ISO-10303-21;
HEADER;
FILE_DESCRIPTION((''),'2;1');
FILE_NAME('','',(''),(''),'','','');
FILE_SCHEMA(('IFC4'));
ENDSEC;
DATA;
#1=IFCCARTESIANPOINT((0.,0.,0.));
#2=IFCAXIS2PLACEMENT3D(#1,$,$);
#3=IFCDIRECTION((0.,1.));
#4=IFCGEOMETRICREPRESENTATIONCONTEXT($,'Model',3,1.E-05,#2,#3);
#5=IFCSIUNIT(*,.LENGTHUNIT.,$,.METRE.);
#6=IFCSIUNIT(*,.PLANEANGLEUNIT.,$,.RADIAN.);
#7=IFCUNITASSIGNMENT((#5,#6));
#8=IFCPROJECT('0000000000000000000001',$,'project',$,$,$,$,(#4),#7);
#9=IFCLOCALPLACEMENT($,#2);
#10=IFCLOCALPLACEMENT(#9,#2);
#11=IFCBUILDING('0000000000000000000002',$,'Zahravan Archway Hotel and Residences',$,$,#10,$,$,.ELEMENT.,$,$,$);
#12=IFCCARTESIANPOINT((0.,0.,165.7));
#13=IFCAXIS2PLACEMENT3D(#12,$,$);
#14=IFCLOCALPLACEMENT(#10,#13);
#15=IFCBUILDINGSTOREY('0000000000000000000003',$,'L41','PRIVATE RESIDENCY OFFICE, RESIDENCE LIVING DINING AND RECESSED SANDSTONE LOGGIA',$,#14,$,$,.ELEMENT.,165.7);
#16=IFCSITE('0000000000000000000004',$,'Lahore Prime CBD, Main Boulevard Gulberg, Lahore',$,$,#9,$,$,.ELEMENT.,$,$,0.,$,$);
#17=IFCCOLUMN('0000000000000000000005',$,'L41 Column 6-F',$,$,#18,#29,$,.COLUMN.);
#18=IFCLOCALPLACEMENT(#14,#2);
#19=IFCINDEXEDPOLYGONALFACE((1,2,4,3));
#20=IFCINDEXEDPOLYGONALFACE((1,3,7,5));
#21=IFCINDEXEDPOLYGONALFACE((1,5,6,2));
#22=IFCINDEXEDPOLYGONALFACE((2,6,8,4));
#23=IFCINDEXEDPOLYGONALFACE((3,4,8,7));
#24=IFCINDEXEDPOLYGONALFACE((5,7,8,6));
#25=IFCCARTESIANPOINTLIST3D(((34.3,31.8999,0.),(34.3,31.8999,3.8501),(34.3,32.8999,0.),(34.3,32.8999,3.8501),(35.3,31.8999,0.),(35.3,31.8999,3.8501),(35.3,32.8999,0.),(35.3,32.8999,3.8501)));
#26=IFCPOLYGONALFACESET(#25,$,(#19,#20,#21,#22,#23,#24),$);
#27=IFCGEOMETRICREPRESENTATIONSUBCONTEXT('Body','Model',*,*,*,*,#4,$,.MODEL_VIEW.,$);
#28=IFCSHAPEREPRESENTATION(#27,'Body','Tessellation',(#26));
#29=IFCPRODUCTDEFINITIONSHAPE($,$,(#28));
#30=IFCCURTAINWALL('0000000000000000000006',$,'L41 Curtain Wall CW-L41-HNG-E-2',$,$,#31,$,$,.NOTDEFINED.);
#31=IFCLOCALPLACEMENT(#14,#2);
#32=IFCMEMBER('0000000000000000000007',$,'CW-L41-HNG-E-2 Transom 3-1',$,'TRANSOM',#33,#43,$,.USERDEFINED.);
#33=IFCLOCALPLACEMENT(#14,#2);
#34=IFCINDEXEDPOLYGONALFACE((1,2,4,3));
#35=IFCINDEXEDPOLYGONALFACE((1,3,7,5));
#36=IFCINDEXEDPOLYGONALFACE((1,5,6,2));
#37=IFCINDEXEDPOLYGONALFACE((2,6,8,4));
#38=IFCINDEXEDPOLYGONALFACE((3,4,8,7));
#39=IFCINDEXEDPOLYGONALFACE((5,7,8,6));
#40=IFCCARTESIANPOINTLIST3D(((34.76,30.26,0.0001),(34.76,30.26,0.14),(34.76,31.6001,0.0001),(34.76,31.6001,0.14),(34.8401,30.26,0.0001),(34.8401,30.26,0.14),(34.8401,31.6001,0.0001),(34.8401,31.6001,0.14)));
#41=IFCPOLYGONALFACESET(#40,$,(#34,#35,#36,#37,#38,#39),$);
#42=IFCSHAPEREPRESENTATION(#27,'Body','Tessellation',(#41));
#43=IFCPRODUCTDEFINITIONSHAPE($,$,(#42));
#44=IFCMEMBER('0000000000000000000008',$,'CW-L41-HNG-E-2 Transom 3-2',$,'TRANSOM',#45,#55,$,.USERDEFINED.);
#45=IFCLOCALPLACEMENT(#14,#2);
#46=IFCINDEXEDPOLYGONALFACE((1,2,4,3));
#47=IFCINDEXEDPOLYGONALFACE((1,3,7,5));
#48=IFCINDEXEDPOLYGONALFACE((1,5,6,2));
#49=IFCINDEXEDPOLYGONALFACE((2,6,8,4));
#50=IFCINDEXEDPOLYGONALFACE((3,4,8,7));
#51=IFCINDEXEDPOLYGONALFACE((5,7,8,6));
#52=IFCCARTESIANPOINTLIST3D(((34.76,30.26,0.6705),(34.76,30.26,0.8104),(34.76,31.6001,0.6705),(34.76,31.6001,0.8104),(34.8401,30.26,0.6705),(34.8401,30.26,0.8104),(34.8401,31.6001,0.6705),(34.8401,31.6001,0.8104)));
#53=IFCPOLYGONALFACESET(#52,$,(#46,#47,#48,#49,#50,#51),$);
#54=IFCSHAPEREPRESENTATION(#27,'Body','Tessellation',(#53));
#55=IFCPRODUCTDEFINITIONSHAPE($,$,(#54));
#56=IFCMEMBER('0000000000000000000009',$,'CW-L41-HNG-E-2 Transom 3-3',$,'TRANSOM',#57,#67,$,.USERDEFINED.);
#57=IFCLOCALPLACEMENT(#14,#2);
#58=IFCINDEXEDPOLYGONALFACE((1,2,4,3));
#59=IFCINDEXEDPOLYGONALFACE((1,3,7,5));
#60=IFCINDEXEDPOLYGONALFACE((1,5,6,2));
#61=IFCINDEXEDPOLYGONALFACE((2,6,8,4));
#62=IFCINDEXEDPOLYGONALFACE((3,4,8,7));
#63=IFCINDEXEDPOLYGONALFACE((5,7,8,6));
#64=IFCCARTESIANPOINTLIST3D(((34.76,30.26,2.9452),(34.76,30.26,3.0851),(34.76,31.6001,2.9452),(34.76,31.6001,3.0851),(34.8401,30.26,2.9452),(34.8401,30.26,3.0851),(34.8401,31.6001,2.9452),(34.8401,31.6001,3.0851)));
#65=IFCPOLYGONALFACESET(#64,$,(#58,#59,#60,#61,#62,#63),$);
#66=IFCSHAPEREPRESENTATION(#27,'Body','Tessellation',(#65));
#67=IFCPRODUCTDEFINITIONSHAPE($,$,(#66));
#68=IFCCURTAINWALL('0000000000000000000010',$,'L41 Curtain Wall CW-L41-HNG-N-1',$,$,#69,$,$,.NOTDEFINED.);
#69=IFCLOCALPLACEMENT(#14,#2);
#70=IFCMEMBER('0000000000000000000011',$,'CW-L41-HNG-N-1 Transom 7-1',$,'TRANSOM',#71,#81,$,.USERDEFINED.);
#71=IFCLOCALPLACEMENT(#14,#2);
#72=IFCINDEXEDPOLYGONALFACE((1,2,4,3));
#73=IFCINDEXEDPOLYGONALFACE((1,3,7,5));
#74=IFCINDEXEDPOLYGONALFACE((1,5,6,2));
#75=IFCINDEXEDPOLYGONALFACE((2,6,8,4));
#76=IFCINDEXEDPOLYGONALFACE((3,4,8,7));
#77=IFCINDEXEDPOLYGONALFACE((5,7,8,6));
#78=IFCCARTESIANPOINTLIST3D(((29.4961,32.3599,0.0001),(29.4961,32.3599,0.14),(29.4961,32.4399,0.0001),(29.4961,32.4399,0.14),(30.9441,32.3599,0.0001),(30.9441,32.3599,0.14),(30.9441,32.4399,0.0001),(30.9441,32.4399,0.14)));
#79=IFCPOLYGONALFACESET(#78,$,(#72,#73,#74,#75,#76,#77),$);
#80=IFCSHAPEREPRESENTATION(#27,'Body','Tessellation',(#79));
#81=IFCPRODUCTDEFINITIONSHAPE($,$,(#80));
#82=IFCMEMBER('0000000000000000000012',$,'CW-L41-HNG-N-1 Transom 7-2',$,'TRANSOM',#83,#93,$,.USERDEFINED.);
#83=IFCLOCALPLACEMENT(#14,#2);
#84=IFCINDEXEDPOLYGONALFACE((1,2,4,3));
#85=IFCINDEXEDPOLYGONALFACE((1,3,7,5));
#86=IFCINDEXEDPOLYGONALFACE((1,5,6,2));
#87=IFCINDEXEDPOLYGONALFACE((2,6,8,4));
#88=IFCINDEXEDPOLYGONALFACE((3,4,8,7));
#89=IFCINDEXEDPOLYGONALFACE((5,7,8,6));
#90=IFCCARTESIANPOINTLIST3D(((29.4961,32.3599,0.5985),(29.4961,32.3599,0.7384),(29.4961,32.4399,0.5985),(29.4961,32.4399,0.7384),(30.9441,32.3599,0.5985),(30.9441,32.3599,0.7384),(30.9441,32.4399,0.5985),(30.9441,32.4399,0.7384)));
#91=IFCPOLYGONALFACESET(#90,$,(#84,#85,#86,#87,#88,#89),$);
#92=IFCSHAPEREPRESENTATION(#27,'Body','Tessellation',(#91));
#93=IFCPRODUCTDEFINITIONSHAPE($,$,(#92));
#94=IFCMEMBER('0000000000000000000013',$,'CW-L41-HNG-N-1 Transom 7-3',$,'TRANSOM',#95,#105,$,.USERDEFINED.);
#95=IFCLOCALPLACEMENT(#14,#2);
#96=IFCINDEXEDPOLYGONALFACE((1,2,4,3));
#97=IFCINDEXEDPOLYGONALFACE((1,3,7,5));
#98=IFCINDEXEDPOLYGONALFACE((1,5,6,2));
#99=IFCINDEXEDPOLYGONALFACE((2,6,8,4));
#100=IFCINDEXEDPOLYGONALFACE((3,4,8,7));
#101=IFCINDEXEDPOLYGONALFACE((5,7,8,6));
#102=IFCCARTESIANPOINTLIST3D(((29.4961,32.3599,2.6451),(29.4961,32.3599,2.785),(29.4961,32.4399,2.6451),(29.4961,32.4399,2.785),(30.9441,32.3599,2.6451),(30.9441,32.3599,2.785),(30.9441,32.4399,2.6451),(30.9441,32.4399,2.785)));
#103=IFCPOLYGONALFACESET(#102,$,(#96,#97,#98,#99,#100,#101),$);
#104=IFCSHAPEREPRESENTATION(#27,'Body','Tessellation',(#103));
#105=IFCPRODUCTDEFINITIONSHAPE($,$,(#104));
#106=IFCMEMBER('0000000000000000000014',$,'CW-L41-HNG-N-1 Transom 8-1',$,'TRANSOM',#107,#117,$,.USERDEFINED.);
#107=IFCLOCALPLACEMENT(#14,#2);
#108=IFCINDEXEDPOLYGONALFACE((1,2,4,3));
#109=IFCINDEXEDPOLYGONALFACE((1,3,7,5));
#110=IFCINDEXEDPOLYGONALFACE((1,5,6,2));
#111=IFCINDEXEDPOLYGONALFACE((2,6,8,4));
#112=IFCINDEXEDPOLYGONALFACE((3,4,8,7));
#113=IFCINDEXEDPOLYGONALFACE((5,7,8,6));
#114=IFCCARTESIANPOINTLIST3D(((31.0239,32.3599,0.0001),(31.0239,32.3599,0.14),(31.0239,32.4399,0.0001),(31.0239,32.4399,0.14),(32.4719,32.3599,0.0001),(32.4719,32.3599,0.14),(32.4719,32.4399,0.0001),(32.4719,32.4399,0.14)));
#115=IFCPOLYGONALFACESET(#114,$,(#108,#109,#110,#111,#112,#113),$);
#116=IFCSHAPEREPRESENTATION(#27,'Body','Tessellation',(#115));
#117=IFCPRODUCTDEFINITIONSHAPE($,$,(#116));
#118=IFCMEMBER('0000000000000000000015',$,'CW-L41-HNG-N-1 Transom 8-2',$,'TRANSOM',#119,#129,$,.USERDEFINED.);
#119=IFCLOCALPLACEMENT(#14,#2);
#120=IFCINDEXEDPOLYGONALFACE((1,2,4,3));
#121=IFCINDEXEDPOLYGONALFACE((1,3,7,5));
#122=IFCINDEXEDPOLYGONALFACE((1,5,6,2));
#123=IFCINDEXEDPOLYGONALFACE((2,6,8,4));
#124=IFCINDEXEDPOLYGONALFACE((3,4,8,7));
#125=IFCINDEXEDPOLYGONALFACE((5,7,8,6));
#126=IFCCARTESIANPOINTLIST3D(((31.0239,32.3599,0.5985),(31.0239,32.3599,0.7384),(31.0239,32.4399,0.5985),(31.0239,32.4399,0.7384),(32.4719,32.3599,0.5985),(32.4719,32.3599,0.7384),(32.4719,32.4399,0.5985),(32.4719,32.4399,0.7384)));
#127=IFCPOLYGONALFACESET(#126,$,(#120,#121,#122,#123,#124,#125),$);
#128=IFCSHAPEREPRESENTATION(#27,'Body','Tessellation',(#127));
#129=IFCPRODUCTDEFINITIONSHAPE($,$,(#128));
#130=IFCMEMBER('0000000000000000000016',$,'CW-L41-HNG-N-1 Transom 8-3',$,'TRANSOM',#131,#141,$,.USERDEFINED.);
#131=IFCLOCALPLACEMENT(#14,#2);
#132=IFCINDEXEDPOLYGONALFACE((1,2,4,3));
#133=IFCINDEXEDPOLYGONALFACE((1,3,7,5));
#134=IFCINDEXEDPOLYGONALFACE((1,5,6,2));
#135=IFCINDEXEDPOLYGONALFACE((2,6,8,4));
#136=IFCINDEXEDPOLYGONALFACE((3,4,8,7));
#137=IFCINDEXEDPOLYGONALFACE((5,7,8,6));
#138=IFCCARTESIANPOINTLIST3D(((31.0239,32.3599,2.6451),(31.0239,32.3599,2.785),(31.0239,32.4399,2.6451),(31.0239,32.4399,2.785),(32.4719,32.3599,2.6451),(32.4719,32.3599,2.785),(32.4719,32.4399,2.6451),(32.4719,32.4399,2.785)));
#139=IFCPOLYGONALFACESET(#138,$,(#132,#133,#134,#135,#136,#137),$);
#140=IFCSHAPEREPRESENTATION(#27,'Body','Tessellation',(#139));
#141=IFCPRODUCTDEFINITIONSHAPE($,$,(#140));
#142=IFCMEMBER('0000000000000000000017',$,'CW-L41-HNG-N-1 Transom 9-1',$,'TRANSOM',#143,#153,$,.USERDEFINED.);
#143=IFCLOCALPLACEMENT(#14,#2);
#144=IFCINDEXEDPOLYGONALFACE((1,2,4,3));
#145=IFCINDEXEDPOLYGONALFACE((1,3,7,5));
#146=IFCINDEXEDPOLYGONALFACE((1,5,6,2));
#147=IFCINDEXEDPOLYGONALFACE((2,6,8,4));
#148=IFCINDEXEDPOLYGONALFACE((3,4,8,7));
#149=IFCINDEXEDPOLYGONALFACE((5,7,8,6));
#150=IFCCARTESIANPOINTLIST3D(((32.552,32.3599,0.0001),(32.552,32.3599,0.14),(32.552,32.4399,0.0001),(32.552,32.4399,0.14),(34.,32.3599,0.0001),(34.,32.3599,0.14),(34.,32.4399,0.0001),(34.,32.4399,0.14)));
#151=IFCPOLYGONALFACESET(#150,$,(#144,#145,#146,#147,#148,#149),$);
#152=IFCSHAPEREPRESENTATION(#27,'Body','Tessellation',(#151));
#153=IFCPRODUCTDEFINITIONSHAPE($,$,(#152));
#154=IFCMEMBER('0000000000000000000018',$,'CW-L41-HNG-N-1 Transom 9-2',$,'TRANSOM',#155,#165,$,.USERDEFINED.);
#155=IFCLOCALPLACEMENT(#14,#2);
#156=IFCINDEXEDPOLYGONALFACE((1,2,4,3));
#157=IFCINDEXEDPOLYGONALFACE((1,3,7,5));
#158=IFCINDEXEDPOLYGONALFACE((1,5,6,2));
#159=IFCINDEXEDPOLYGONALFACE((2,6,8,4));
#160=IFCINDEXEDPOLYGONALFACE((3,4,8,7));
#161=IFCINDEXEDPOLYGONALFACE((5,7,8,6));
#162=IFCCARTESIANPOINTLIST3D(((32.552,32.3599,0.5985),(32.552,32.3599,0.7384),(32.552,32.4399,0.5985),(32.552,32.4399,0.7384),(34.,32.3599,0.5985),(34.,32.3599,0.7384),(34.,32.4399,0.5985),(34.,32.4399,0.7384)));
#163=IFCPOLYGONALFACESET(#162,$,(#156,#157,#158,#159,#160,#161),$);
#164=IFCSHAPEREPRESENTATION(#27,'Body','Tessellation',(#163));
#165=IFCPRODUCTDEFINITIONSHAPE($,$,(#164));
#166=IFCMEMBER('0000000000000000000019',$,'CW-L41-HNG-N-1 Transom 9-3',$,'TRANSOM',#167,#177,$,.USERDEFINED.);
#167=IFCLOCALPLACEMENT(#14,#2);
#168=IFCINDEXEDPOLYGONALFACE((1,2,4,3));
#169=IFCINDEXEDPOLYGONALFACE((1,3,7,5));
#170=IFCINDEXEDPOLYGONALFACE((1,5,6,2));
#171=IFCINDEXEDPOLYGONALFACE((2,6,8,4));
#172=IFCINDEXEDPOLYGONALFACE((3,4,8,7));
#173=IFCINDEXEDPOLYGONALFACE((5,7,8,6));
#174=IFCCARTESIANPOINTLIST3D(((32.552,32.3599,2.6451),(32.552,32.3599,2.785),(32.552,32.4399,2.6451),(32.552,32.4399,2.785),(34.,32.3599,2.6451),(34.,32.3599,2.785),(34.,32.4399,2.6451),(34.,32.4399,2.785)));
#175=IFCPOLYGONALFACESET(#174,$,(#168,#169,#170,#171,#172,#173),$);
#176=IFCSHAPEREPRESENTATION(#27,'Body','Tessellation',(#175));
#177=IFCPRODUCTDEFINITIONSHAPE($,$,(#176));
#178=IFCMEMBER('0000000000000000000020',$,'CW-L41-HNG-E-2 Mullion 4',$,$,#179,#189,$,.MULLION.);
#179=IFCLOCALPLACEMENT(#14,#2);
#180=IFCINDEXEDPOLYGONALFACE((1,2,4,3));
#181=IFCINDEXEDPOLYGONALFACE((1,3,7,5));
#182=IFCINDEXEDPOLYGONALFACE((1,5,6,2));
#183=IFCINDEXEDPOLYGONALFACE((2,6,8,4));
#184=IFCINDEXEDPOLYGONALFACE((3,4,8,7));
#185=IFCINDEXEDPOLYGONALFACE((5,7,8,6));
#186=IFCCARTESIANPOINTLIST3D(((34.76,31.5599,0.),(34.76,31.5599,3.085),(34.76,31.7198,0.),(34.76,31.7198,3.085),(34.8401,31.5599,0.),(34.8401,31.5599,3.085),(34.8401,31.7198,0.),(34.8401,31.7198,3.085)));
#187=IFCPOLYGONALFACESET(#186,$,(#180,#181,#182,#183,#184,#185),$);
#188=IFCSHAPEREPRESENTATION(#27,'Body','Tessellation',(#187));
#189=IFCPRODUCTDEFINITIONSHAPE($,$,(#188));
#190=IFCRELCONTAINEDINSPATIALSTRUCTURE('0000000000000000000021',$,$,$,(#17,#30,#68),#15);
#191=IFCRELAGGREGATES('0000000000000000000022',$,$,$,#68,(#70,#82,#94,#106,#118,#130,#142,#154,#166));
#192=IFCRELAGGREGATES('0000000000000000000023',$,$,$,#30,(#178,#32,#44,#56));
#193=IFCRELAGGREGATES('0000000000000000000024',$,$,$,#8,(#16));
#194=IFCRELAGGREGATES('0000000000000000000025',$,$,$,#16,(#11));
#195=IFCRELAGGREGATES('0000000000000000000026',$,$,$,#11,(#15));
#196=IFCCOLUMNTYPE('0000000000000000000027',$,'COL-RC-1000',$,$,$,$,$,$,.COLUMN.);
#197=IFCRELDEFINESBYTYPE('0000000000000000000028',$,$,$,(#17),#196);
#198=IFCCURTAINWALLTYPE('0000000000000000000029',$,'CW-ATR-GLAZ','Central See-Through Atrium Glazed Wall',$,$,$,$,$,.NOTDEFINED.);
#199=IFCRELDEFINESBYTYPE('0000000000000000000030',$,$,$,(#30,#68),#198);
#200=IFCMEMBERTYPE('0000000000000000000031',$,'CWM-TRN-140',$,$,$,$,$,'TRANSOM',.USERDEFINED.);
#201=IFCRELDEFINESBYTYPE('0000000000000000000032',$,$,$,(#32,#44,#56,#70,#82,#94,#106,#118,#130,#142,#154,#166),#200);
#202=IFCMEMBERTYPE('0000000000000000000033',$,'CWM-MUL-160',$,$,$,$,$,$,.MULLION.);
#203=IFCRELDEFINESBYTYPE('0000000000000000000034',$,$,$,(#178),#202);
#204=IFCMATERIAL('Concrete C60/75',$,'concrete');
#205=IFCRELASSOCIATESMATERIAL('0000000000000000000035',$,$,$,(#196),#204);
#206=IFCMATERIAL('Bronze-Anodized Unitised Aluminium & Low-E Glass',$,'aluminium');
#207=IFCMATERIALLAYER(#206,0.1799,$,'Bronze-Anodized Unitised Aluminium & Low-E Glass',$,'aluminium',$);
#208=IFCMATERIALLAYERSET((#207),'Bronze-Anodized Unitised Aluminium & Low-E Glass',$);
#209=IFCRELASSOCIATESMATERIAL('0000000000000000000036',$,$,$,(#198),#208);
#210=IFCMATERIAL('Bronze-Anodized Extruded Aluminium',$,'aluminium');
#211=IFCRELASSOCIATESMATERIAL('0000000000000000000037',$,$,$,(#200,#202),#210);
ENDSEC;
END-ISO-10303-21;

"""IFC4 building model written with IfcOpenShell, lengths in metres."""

from ifc_helpers import new_model, si_unit, direction, frame, origin, origin_2d, place, context, subcontext, project, spatial, rectangle, extrude, source, transform, mapped, material, layer, layer_set, material_profile, profile_set, type_object, element, aggregate, save


model = new_model("IFC4")

# Units and contexts
model_context = context("Model", 3, precision=1e-05, world=origin(), true_north=direction((0.0, 1.0)))
body_context = subcontext(model_context, "Body", "Model", "MODEL_VIEW")
ifc_project = project(units=[si_unit("LENGTHUNIT", "METRE"), si_unit("PLANEANGLEUNIT", "RADIAN")], contexts=[model_context])

# Site, building, storey
site_placement = place(None, origin())
site = spatial("IfcSite", under=ifc_project, at=site_placement, Name="Lahore Prime CBD, Main Boulevard Gulberg, Lahore", CompositionType="ELEMENT", RefElevation=0.0)
building_placement = place(site_placement, origin())
building = spatial("IfcBuilding", under=site, at=building_placement, Name="Zahravan Archway Hotel and Residences", CompositionType="ELEMENT")
storey_placement = place(building_placement, frame((0.0, 0.0, 165.7)))
storey = spatial("IfcBuildingStorey", under=building, at=storey_placement, Name="L41", Description="PRIVATE RESIDENCY OFFICE, RESIDENCE LIVING DINING AND RECESSED SANDSTONE LOGGIA", CompositionType="ELEMENT", Elevation=165.7)

# Column
ifc_material_1 = material(Name="Concrete C60/75", Category="concrete")
ifc_material_profile_1 = material_profile(ifc_material_1, rectangle(XDim=1.0, YDim=1.0, at=origin_2d()), Name="RC-COL-1000x1000", Category="concrete")
ifc_profile_set_1 = profile_set([ifc_material_profile_1], Name="Concrete C60/75")
column_type = type_object("IfcColumnType", Name="COL-RC-1000", PredefinedType="COLUMN", material=ifc_profile_set_1)
shared_shape_1 = source(origin(), body_context, "Body", "SweptSolid", [
    extrude(rectangle(XDim=1.0, YDim=1.0, at=origin_2d()), origin(), (0.0, 0.0, 1.0), 3.8501),
])
column_placement = place(storey_placement, frame((34.8, 32.3999, 0.0), z_axis=(0.0, 0.0, 1.0), x_axis=(1.0, 0.0, 0.0)))
element("IfcColumn", 1, at=column_placement, inside=storey, type_object=column_type, Name="L41 Column 6-F", PredefinedType="COLUMN", context=body_context, shape_type="MappedRepresentation", body=[
    mapped(shared_shape_1, transform((0.0, 0.0, 0.0), scale=1.0)),
])

# Curtain walls, members
ifc_material_2 = material(Name="Bronze-Anodized Unitised Aluminium & Low-E Glass", Category="aluminium")
ifc_layer_1 = layer(ifc_material_2, 0.1799, Name="Bronze-Anodized Unitised Aluminium & Low-E Glass", Category="aluminium")
ifc_layer_set_1 = layer_set([ifc_layer_1], Name="Bronze-Anodized Unitised Aluminium & Low-E Glass")
curtain_wall_type = type_object("IfcCurtainWallType", Name="CW-ATR-GLAZ", Description="Central See-Through Atrium Glazed Wall", PredefinedType="NOTDEFINED", material=ifc_layer_set_1)
curtain_wall_1_placement = place(storey_placement, origin())
curtain_wall_1 = element("IfcCurtainWall", 2, at=curtain_wall_1_placement, inside=storey, type_object=curtain_wall_type, Name="L41 Curtain Wall CW-L41-HNG-E-2", PredefinedType="NOTDEFINED")
ifc_material_3 = material(Name="Bronze-Anodized Extruded Aluminium", Category="aluminium")
ifc_material_profile_2 = material_profile(ifc_material_3, rectangle(XDim=0.0801, YDim=0.1399, at=origin_2d()), Name="TRN 80x140", Category="aluminium")
ifc_profile_set_2 = profile_set([ifc_material_profile_2], Name="Bronze-Anodized Extruded Aluminium")
member_type_1 = type_object("IfcMemberType", Name="CWM-TRN-140", ElementType="TRANSOM", PredefinedType="USERDEFINED", material=ifc_profile_set_2)
shared_shape_2 = source(origin(), body_context, "Body", "SweptSolid", [
    extrude(rectangle(XDim=0.0801, YDim=0.1399, at=origin_2d()), origin(), (0.0, 0.0, 1.0), 1.3401),
])
member_1_placement = place(storey_placement, frame((34.8, 30.26, 0.0701), z_axis=(0.0, 1.0, 0.0), x_axis=(-1.0, 0.0, 0.0)))
member_1 = element("IfcMember", 3, at=member_1_placement, type_object=member_type_1, Name="CW-L41-HNG-E-2 Transom 3-1", ObjectType="TRANSOM", PredefinedType="USERDEFINED", context=body_context, shape_type="MappedRepresentation", body=[
    mapped(shared_shape_2, transform((0.0, 0.0, 0.0), scale=1.0)),
])
member_2_placement = place(storey_placement, frame((34.8, 30.26, 0.7405), z_axis=(0.0, 1.0, 0.0), x_axis=(-1.0, 0.0, 0.0)))
member_2 = element("IfcMember", 4, at=member_2_placement, type_object=member_type_1, Name="CW-L41-HNG-E-2 Transom 3-2", ObjectType="TRANSOM", PredefinedType="USERDEFINED", context=body_context, shape_type="MappedRepresentation", body=[
    mapped(shared_shape_2, transform((0.0, 0.0, 0.0), scale=1.0)),
])
member_3_placement = place(storey_placement, frame((34.8, 30.26, 3.0151), z_axis=(0.0, 1.0, 0.0), x_axis=(-1.0, 0.0, 0.0)))
member_3 = element("IfcMember", 5, at=member_3_placement, type_object=member_type_1, Name="CW-L41-HNG-E-2 Transom 3-3", ObjectType="TRANSOM", PredefinedType="USERDEFINED", context=body_context, shape_type="MappedRepresentation", body=[
    mapped(shared_shape_2, transform((0.0, 0.0, 0.0), scale=1.0)),
])
curtain_wall_2_placement = place(storey_placement, origin())
curtain_wall_2 = element("IfcCurtainWall", 6, at=curtain_wall_2_placement, inside=storey, type_object=curtain_wall_type, Name="L41 Curtain Wall CW-L41-HNG-N-1", PredefinedType="NOTDEFINED")
shared_shape_3 = source(origin(), body_context, "Body", "SweptSolid", [
    extrude(rectangle(XDim=0.0801, YDim=0.1399, at=origin_2d()), origin(), (0.0, 0.0, 1.0), 1.448),
])
member_4_placement = place(storey_placement, frame((29.4961, 32.3999, 0.0701), z_axis=(1.0, 0.0, 0.0), x_axis=(0.0, 1.0, 0.0)))
member_4 = element("IfcMember", 7, at=member_4_placement, type_object=member_type_1, Name="CW-L41-HNG-N-1 Transom 7-1", ObjectType="TRANSOM", PredefinedType="USERDEFINED", context=body_context, shape_type="MappedRepresentation", body=[
    mapped(shared_shape_3, transform((0.0, 0.0, 0.0), scale=1.0)),
])
member_5_placement = place(storey_placement, frame((29.4961, 32.3999, 0.6685), z_axis=(1.0, 0.0, 0.0), x_axis=(0.0, 1.0, 0.0)))
member_5 = element("IfcMember", 8, at=member_5_placement, type_object=member_type_1, Name="CW-L41-HNG-N-1 Transom 7-2", ObjectType="TRANSOM", PredefinedType="USERDEFINED", context=body_context, shape_type="MappedRepresentation", body=[
    mapped(shared_shape_3, transform((0.0, 0.0, 0.0), scale=1.0)),
])
member_6_placement = place(storey_placement, frame((29.4961, 32.3999, 2.7151), z_axis=(1.0, 0.0, 0.0), x_axis=(0.0, 1.0, 0.0)))
member_6 = element("IfcMember", 9, at=member_6_placement, type_object=member_type_1, Name="CW-L41-HNG-N-1 Transom 7-3", ObjectType="TRANSOM", PredefinedType="USERDEFINED", context=body_context, shape_type="MappedRepresentation", body=[
    mapped(shared_shape_3, transform((0.0, 0.0, 0.0), scale=1.0)),
])
member_7_placement = place(storey_placement, frame((31.0239, 32.3999, 0.0701), z_axis=(1.0, 0.0, 0.0), x_axis=(0.0, 1.0, 0.0)))
member_7 = element("IfcMember", 10, at=member_7_placement, type_object=member_type_1, Name="CW-L41-HNG-N-1 Transom 8-1", ObjectType="TRANSOM", PredefinedType="USERDEFINED", context=body_context, shape_type="MappedRepresentation", body=[
    mapped(shared_shape_3, transform((0.0, 0.0, 0.0), scale=1.0)),
])
member_8_placement = place(storey_placement, frame((31.0239, 32.3999, 0.6685), z_axis=(1.0, 0.0, 0.0), x_axis=(0.0, 1.0, 0.0)))
member_8 = element("IfcMember", 11, at=member_8_placement, type_object=member_type_1, Name="CW-L41-HNG-N-1 Transom 8-2", ObjectType="TRANSOM", PredefinedType="USERDEFINED", context=body_context, shape_type="MappedRepresentation", body=[
    mapped(shared_shape_3, transform((0.0, 0.0, 0.0), scale=1.0)),
])
member_9_placement = place(storey_placement, frame((31.0239, 32.3999, 2.7151), z_axis=(1.0, 0.0, 0.0), x_axis=(0.0, 1.0, 0.0)))
member_9 = element("IfcMember", 12, at=member_9_placement, type_object=member_type_1, Name="CW-L41-HNG-N-1 Transom 8-3", ObjectType="TRANSOM", PredefinedType="USERDEFINED", context=body_context, shape_type="MappedRepresentation", body=[
    mapped(shared_shape_3, transform((0.0, 0.0, 0.0), scale=1.0)),
])
member_10_placement = place(storey_placement, frame((32.552, 32.3999, 0.0701), z_axis=(1.0, 0.0, 0.0), x_axis=(0.0, 1.0, 0.0)))
member_10 = element("IfcMember", 13, at=member_10_placement, type_object=member_type_1, Name="CW-L41-HNG-N-1 Transom 9-1", ObjectType="TRANSOM", PredefinedType="USERDEFINED", context=body_context, shape_type="MappedRepresentation", body=[
    mapped(shared_shape_3, transform((0.0, 0.0, 0.0), scale=1.0)),
])
member_11_placement = place(storey_placement, frame((32.552, 32.3999, 0.6685), z_axis=(1.0, 0.0, 0.0), x_axis=(0.0, 1.0, 0.0)))
member_11 = element("IfcMember", 14, at=member_11_placement, type_object=member_type_1, Name="CW-L41-HNG-N-1 Transom 9-2", ObjectType="TRANSOM", PredefinedType="USERDEFINED", context=body_context, shape_type="MappedRepresentation", body=[
    mapped(shared_shape_3, transform((0.0, 0.0, 0.0), scale=1.0)),
])
member_12_placement = place(storey_placement, frame((32.552, 32.3999, 2.7151), z_axis=(1.0, 0.0, 0.0), x_axis=(0.0, 1.0, 0.0)))
member_12 = element("IfcMember", 15, at=member_12_placement, type_object=member_type_1, Name="CW-L41-HNG-N-1 Transom 9-3", ObjectType="TRANSOM", PredefinedType="USERDEFINED", context=body_context, shape_type="MappedRepresentation", body=[
    mapped(shared_shape_3, transform((0.0, 0.0, 0.0), scale=1.0)),
])

# Member
ifc_material_profile_3 = material_profile(ifc_material_3, rectangle(XDim=0.0801, YDim=0.1599, at=origin_2d()), Name="MUL 80x160", Category="aluminium")
ifc_profile_set_3 = profile_set([ifc_material_profile_3], Name="Bronze-Anodized Extruded Aluminium")
member_type_2 = type_object("IfcMemberType", Name="CWM-MUL-160", PredefinedType="MULLION", material=ifc_profile_set_3)
shared_shape_4 = source(origin(), body_context, "Body", "SweptSolid", [
    extrude(rectangle(XDim=0.0801, YDim=0.1599, at=origin_2d()), origin(), (0.0, 0.0, 1.0), 3.085),
])
member_13_placement = place(storey_placement, frame((34.8, 31.6399, 0.0), z_axis=(0.0, 0.0, 1.0), x_axis=(1.0, 0.0, 0.0)))
member_13 = element("IfcMember", 16, at=member_13_placement, type_object=member_type_2, Name="CW-L41-HNG-E-2 Mullion 4", PredefinedType="MULLION", context=body_context, shape_type="MappedRepresentation", body=[
    mapped(shared_shape_4, transform((0.0, 0.0, 0.0), scale=1.0)),
])

aggregate(curtain_wall_2, [member_4, member_5, member_6, member_7, member_8, member_9, member_10, member_11, member_12])
aggregate(curtain_wall_1, [member_13, member_1, member_2, member_3])

save(model, "model.ifc")
